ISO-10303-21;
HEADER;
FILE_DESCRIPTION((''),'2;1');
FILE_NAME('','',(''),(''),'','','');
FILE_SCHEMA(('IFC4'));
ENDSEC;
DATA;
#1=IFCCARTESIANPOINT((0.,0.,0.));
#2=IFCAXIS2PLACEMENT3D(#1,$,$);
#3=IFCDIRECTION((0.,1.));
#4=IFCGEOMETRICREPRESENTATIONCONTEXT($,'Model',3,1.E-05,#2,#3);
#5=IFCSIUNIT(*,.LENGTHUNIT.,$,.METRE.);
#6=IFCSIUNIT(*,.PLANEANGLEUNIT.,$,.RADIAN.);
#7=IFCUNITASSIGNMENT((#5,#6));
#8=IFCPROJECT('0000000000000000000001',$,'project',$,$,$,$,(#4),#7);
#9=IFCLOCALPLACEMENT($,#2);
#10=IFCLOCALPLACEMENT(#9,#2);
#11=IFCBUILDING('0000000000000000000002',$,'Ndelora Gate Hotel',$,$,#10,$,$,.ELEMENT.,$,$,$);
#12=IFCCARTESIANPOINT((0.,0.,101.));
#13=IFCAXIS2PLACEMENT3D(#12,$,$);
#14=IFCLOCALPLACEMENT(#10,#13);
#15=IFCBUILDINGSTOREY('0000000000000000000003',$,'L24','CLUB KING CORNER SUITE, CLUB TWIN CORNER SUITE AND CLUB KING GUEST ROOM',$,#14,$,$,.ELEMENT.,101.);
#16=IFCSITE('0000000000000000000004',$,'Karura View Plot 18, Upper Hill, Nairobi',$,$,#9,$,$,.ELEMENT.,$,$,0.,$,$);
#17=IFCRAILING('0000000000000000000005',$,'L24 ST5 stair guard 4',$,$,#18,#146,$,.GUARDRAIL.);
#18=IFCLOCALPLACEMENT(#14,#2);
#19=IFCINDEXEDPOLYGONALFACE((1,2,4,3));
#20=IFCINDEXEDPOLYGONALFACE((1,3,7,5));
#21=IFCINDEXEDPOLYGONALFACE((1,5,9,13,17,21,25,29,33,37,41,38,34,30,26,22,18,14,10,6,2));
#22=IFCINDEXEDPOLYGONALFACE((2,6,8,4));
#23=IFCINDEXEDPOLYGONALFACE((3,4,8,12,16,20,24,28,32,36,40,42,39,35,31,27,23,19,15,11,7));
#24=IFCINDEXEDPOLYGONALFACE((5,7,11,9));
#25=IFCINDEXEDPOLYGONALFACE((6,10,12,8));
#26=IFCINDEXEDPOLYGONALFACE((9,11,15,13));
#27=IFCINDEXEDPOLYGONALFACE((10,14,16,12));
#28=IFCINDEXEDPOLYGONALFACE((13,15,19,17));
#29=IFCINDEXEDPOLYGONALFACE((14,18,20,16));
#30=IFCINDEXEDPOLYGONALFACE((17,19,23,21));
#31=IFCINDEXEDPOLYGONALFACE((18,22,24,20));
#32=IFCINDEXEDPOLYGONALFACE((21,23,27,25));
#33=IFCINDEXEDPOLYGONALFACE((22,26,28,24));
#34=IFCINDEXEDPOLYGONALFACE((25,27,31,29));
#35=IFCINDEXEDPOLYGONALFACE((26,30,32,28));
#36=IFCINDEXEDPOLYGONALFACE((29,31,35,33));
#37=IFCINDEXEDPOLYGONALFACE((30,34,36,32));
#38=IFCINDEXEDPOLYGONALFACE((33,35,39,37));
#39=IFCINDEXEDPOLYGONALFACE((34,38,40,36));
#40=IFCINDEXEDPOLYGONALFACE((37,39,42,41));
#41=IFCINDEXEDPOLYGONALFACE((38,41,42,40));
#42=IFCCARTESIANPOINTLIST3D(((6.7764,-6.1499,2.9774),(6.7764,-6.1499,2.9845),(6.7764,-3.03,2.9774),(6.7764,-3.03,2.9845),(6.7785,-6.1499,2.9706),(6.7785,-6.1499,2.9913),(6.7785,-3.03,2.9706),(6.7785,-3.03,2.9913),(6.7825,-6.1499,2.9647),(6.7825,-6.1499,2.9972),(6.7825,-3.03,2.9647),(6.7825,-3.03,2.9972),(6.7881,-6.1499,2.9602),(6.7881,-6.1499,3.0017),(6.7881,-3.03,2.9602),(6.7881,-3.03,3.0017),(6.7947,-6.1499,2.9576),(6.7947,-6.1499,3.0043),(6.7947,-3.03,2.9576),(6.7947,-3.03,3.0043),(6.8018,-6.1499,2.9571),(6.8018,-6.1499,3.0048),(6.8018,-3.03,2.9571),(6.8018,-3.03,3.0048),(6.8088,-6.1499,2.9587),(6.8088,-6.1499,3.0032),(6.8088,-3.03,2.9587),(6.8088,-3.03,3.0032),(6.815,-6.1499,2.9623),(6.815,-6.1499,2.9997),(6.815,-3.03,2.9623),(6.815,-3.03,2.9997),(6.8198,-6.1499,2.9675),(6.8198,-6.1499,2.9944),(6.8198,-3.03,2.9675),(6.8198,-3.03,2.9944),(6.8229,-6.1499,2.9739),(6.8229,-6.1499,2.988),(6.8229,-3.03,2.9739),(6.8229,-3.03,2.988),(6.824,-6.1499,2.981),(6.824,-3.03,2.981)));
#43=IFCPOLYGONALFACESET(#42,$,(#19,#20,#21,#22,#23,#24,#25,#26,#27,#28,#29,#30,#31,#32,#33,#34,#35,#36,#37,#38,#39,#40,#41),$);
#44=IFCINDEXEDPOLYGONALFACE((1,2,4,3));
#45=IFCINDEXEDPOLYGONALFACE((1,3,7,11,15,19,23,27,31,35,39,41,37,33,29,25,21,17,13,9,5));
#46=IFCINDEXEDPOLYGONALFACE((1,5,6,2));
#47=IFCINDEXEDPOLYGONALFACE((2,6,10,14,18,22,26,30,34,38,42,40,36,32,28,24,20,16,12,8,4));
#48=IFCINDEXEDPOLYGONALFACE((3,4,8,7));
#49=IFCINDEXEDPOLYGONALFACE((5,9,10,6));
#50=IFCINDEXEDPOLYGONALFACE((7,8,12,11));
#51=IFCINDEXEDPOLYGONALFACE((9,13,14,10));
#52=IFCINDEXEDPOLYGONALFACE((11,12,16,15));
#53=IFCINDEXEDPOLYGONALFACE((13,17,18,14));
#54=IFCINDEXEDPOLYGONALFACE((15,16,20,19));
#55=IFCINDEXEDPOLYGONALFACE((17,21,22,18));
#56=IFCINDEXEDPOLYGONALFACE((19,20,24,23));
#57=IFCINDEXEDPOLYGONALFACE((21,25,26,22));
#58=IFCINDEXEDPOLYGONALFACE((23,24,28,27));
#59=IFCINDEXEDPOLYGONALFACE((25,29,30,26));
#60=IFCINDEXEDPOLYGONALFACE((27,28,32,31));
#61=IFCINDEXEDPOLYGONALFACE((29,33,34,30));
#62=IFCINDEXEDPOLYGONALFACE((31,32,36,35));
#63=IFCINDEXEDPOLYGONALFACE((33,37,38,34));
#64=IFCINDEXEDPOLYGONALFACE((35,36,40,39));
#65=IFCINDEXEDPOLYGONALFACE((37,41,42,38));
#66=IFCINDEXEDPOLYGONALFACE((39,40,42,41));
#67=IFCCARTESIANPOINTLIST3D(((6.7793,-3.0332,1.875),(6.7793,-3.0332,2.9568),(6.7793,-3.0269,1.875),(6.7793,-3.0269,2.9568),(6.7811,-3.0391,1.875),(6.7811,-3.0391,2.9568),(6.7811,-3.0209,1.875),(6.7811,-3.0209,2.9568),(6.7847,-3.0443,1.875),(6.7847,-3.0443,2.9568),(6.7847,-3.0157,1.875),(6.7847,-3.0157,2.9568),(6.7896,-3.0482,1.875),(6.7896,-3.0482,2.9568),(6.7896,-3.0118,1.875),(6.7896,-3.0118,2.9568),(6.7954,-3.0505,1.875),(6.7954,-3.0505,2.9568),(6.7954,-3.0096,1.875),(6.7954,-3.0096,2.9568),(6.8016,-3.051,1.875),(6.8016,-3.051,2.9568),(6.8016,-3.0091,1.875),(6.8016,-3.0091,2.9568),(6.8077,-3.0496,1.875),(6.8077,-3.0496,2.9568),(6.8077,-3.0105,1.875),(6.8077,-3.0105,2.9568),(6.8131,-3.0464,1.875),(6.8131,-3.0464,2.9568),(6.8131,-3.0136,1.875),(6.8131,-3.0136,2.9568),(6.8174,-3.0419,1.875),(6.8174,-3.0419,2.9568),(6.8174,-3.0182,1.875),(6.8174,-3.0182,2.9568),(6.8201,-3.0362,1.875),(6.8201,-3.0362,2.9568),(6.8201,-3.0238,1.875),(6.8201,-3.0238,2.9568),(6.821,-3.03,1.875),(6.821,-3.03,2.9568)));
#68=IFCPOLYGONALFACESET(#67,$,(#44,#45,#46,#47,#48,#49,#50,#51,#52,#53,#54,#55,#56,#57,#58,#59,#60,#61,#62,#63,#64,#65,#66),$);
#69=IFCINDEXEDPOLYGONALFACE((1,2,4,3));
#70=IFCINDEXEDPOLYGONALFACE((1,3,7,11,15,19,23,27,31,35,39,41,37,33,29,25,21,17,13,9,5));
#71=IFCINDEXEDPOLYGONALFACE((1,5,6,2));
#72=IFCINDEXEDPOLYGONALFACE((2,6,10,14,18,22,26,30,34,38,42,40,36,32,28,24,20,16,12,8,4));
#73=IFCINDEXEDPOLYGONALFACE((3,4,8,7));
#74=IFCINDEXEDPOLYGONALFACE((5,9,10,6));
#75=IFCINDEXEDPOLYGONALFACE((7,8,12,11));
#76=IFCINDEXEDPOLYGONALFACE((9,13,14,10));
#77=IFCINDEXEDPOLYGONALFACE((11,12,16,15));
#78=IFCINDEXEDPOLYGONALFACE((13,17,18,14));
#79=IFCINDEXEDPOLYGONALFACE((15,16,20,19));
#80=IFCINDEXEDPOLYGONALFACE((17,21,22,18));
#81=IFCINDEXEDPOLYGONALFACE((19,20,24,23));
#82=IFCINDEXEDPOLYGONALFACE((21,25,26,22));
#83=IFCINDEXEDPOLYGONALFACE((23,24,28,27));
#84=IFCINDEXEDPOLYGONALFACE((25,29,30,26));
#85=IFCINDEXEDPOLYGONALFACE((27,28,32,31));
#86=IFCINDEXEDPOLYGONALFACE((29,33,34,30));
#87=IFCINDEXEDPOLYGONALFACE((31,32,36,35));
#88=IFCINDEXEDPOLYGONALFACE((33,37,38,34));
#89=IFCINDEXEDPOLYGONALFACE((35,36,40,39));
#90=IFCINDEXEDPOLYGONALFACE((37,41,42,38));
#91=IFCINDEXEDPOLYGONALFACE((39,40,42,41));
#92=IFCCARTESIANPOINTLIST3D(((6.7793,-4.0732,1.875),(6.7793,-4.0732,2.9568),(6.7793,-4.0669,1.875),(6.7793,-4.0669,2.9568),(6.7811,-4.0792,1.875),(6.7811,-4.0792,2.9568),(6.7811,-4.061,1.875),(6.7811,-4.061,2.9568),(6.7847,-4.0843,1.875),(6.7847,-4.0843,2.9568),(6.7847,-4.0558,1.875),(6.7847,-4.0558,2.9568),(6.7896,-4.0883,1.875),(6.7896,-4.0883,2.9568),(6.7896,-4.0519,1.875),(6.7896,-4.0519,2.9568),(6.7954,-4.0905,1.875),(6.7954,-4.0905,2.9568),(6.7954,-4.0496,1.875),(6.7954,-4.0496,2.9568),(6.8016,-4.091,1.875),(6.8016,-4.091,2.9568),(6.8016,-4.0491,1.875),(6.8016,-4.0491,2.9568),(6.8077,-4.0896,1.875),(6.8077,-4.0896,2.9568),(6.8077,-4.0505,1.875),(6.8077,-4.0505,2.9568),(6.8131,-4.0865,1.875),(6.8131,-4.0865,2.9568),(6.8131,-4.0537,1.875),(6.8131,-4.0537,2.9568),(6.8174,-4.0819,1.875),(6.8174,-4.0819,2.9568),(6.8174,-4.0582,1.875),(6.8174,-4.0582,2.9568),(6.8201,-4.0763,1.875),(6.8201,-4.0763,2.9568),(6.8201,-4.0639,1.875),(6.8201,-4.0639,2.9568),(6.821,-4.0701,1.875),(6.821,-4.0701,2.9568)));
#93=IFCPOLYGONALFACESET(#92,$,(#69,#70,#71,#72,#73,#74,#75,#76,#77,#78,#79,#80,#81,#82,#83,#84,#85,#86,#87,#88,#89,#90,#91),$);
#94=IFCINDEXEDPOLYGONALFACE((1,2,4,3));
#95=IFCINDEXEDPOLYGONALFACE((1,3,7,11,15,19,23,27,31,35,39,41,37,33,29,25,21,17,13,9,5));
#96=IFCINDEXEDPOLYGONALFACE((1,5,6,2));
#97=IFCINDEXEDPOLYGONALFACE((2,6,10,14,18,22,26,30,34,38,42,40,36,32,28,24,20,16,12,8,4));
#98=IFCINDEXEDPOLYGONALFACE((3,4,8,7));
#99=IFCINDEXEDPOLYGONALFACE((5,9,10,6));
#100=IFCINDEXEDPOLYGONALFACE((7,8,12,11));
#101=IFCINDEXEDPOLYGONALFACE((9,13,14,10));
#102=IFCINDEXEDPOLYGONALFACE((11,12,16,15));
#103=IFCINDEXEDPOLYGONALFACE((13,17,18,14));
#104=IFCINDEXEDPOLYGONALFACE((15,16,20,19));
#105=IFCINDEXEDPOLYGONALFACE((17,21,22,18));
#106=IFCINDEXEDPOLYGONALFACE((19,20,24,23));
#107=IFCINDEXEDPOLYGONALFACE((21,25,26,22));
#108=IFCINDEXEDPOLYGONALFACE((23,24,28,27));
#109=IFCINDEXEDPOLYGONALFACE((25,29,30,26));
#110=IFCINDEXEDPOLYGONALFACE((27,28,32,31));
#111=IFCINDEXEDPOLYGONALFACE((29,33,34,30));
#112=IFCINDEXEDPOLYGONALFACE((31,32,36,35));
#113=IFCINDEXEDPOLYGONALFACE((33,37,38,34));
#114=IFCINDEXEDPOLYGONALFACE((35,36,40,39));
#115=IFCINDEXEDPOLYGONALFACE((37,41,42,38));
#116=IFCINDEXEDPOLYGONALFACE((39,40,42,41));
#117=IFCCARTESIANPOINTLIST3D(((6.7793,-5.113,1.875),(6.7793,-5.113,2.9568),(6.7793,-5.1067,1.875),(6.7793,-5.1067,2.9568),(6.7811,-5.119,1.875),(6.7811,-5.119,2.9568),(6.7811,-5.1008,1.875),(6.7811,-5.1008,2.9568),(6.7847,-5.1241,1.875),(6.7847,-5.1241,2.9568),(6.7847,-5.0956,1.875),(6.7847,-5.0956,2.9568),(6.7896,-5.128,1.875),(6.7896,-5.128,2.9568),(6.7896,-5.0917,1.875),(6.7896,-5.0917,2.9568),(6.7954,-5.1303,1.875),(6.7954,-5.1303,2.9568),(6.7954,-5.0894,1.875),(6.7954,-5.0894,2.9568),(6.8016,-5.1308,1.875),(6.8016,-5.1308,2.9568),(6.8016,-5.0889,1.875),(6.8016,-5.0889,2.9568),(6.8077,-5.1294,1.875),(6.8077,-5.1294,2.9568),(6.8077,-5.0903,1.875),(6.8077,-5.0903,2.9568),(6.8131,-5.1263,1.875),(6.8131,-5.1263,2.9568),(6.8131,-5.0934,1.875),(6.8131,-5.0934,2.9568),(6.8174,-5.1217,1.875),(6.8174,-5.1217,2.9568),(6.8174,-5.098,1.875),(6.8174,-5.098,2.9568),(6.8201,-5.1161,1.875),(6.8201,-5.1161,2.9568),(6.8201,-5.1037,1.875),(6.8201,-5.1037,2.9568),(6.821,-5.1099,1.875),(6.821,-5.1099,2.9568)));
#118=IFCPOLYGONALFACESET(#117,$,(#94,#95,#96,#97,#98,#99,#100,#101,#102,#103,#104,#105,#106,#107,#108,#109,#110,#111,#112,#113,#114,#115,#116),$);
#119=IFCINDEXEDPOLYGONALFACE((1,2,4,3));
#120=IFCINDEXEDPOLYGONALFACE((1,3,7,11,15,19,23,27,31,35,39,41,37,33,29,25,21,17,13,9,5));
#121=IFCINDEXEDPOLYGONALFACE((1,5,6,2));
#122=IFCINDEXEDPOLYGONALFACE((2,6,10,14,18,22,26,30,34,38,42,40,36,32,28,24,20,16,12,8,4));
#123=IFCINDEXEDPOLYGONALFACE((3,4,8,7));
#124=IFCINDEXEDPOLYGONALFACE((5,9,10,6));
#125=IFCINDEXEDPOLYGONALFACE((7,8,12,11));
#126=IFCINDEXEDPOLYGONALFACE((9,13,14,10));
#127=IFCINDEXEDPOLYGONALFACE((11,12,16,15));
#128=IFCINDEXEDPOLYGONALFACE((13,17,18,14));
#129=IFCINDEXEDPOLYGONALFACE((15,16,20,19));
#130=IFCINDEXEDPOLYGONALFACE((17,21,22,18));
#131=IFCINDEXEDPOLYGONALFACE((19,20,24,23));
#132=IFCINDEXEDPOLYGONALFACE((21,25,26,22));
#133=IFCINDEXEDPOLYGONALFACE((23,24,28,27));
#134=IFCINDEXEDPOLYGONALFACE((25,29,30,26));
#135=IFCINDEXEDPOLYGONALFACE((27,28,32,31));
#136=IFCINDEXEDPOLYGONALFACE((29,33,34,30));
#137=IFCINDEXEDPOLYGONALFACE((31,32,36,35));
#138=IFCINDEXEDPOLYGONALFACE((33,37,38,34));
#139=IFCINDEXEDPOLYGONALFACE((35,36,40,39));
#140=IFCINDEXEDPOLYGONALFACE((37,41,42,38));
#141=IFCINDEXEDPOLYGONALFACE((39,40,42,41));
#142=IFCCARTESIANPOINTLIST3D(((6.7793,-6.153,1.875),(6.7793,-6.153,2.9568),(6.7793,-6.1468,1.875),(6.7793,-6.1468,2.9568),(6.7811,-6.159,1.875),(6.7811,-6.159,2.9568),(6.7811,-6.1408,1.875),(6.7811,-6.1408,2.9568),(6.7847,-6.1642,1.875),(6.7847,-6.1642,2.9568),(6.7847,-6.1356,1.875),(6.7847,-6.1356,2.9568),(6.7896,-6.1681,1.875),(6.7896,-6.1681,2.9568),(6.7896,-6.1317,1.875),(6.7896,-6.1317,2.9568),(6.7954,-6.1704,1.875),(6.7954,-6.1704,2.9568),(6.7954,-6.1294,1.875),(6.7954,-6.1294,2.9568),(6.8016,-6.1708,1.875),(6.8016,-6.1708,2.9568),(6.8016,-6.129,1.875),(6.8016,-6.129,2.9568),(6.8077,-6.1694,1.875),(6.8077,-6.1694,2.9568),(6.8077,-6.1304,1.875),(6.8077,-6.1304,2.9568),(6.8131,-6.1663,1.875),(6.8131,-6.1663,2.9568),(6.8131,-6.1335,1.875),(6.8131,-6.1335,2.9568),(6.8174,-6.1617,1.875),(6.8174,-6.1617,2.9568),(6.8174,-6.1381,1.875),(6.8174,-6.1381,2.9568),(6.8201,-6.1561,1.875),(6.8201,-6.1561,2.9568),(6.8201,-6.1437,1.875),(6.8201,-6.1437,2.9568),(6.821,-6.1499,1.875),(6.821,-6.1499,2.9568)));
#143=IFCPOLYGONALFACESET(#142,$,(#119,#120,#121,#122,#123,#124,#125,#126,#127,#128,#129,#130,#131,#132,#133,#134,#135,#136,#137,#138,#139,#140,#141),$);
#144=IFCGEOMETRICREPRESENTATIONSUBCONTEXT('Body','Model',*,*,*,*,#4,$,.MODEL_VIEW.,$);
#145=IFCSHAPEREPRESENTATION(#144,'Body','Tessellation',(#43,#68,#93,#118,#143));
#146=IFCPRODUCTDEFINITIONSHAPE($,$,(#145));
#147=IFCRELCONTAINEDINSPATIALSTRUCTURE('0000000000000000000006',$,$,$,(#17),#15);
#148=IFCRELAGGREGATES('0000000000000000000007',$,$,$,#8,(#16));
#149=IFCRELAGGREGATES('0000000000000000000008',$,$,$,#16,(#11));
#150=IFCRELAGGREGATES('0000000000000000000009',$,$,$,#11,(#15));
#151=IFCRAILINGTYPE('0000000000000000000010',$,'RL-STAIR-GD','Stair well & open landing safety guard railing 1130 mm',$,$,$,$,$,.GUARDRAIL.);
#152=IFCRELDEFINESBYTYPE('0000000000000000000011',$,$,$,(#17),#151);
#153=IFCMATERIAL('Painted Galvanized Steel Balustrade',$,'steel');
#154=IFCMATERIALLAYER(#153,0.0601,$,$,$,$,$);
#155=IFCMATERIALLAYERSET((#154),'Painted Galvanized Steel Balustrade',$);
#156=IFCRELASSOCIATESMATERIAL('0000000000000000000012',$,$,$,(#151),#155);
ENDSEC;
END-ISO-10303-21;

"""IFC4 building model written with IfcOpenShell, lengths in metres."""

from ifc_helpers import new_model, si_unit, direction, frame, origin, origin_2d, place, context, subcontext, project, spatial, circle, extrude, material, layer, layer_set, type_object, element, save


model = new_model("IFC4")

# Units and contexts
model_context = context("Model", 3, precision=1e-05, world=origin(), true_north=direction((0.0, 1.0)))
body_context = subcontext(model_context, "Body", "Model", "MODEL_VIEW")
ifc_project = project(units=[si_unit("LENGTHUNIT", "METRE"), si_unit("PLANEANGLEUNIT", "RADIAN")], contexts=[model_context])

# Site, building, storey
site_placement = place(None, origin())
site = spatial("IfcSite", under=ifc_project, at=site_placement, Name="Karura View Plot 18, Upper Hill, Nairobi", CompositionType="ELEMENT", RefElevation=0.0)
building_placement = place(site_placement, origin())
building = spatial("IfcBuilding", under=site, at=building_placement, Name="Ndelora Gate Hotel", CompositionType="ELEMENT")
storey_placement = place(building_placement, frame((0.0, 0.0, 101.0)))
storey = spatial("IfcBuildingStorey", under=building, at=storey_placement, Name="L24", Description="CLUB KING CORNER SUITE, CLUB TWIN CORNER SUITE AND CLUB KING GUEST ROOM", CompositionType="ELEMENT", Elevation=101.0)

# Railing
ifc_material_1 = material(Name="Painted Galvanized Steel Balustrade", Category="steel")
ifc_layer_1 = layer(ifc_material_1, 0.0601)
ifc_layer_set_1 = layer_set([ifc_layer_1], Name="Painted Galvanized Steel Balustrade")
railing_type_1 = type_object("IfcRailingType", Name="RL-STAIR-GD", Description="Stair well & open landing safety guard railing 1130 mm", PredefinedType="GUARDRAIL", material=ifc_layer_set_1)
railing_1_placement = place(storey_placement, frame((6.8, -3.03, 1.875)))
element("IfcRailing", 1, at=railing_1_placement, inside=storey, type_object=railing_type_1, Name="L24 ST5 stair guard 4", PredefinedType="GUARDRAIL", context=body_context, shape_type="SweptSolid", body=[
    extrude(circle(Radius=0.0239, at=origin_2d()), frame((0.0, 0.0, 1.106), z_axis=(0.0, -1.0, 0.0), x_axis=(1.0, 0.0, 0.0)), (0.0, 0.0, 1.0), 3.1199),
    extrude(circle(Radius=0.021, at=origin_2d()), origin(), (0.0, 0.0, 1.0), 1.0818),
    extrude(circle(Radius=0.021, at=origin_2d()), frame((0.0, -1.04, 0.0)), (0.0, 0.0, 1.0), 1.0818),
    extrude(circle(Radius=0.021, at=origin_2d()), frame((0.0, -2.0798, 0.0)), (0.0, 0.0, 1.0), 1.0818),
    extrude(circle(Radius=0.021, at=origin_2d()), frame((0.0, -3.1199, 0.0)), (0.0, 0.0, 1.0), 1.0818),
])

save(model, "model.ifc")
